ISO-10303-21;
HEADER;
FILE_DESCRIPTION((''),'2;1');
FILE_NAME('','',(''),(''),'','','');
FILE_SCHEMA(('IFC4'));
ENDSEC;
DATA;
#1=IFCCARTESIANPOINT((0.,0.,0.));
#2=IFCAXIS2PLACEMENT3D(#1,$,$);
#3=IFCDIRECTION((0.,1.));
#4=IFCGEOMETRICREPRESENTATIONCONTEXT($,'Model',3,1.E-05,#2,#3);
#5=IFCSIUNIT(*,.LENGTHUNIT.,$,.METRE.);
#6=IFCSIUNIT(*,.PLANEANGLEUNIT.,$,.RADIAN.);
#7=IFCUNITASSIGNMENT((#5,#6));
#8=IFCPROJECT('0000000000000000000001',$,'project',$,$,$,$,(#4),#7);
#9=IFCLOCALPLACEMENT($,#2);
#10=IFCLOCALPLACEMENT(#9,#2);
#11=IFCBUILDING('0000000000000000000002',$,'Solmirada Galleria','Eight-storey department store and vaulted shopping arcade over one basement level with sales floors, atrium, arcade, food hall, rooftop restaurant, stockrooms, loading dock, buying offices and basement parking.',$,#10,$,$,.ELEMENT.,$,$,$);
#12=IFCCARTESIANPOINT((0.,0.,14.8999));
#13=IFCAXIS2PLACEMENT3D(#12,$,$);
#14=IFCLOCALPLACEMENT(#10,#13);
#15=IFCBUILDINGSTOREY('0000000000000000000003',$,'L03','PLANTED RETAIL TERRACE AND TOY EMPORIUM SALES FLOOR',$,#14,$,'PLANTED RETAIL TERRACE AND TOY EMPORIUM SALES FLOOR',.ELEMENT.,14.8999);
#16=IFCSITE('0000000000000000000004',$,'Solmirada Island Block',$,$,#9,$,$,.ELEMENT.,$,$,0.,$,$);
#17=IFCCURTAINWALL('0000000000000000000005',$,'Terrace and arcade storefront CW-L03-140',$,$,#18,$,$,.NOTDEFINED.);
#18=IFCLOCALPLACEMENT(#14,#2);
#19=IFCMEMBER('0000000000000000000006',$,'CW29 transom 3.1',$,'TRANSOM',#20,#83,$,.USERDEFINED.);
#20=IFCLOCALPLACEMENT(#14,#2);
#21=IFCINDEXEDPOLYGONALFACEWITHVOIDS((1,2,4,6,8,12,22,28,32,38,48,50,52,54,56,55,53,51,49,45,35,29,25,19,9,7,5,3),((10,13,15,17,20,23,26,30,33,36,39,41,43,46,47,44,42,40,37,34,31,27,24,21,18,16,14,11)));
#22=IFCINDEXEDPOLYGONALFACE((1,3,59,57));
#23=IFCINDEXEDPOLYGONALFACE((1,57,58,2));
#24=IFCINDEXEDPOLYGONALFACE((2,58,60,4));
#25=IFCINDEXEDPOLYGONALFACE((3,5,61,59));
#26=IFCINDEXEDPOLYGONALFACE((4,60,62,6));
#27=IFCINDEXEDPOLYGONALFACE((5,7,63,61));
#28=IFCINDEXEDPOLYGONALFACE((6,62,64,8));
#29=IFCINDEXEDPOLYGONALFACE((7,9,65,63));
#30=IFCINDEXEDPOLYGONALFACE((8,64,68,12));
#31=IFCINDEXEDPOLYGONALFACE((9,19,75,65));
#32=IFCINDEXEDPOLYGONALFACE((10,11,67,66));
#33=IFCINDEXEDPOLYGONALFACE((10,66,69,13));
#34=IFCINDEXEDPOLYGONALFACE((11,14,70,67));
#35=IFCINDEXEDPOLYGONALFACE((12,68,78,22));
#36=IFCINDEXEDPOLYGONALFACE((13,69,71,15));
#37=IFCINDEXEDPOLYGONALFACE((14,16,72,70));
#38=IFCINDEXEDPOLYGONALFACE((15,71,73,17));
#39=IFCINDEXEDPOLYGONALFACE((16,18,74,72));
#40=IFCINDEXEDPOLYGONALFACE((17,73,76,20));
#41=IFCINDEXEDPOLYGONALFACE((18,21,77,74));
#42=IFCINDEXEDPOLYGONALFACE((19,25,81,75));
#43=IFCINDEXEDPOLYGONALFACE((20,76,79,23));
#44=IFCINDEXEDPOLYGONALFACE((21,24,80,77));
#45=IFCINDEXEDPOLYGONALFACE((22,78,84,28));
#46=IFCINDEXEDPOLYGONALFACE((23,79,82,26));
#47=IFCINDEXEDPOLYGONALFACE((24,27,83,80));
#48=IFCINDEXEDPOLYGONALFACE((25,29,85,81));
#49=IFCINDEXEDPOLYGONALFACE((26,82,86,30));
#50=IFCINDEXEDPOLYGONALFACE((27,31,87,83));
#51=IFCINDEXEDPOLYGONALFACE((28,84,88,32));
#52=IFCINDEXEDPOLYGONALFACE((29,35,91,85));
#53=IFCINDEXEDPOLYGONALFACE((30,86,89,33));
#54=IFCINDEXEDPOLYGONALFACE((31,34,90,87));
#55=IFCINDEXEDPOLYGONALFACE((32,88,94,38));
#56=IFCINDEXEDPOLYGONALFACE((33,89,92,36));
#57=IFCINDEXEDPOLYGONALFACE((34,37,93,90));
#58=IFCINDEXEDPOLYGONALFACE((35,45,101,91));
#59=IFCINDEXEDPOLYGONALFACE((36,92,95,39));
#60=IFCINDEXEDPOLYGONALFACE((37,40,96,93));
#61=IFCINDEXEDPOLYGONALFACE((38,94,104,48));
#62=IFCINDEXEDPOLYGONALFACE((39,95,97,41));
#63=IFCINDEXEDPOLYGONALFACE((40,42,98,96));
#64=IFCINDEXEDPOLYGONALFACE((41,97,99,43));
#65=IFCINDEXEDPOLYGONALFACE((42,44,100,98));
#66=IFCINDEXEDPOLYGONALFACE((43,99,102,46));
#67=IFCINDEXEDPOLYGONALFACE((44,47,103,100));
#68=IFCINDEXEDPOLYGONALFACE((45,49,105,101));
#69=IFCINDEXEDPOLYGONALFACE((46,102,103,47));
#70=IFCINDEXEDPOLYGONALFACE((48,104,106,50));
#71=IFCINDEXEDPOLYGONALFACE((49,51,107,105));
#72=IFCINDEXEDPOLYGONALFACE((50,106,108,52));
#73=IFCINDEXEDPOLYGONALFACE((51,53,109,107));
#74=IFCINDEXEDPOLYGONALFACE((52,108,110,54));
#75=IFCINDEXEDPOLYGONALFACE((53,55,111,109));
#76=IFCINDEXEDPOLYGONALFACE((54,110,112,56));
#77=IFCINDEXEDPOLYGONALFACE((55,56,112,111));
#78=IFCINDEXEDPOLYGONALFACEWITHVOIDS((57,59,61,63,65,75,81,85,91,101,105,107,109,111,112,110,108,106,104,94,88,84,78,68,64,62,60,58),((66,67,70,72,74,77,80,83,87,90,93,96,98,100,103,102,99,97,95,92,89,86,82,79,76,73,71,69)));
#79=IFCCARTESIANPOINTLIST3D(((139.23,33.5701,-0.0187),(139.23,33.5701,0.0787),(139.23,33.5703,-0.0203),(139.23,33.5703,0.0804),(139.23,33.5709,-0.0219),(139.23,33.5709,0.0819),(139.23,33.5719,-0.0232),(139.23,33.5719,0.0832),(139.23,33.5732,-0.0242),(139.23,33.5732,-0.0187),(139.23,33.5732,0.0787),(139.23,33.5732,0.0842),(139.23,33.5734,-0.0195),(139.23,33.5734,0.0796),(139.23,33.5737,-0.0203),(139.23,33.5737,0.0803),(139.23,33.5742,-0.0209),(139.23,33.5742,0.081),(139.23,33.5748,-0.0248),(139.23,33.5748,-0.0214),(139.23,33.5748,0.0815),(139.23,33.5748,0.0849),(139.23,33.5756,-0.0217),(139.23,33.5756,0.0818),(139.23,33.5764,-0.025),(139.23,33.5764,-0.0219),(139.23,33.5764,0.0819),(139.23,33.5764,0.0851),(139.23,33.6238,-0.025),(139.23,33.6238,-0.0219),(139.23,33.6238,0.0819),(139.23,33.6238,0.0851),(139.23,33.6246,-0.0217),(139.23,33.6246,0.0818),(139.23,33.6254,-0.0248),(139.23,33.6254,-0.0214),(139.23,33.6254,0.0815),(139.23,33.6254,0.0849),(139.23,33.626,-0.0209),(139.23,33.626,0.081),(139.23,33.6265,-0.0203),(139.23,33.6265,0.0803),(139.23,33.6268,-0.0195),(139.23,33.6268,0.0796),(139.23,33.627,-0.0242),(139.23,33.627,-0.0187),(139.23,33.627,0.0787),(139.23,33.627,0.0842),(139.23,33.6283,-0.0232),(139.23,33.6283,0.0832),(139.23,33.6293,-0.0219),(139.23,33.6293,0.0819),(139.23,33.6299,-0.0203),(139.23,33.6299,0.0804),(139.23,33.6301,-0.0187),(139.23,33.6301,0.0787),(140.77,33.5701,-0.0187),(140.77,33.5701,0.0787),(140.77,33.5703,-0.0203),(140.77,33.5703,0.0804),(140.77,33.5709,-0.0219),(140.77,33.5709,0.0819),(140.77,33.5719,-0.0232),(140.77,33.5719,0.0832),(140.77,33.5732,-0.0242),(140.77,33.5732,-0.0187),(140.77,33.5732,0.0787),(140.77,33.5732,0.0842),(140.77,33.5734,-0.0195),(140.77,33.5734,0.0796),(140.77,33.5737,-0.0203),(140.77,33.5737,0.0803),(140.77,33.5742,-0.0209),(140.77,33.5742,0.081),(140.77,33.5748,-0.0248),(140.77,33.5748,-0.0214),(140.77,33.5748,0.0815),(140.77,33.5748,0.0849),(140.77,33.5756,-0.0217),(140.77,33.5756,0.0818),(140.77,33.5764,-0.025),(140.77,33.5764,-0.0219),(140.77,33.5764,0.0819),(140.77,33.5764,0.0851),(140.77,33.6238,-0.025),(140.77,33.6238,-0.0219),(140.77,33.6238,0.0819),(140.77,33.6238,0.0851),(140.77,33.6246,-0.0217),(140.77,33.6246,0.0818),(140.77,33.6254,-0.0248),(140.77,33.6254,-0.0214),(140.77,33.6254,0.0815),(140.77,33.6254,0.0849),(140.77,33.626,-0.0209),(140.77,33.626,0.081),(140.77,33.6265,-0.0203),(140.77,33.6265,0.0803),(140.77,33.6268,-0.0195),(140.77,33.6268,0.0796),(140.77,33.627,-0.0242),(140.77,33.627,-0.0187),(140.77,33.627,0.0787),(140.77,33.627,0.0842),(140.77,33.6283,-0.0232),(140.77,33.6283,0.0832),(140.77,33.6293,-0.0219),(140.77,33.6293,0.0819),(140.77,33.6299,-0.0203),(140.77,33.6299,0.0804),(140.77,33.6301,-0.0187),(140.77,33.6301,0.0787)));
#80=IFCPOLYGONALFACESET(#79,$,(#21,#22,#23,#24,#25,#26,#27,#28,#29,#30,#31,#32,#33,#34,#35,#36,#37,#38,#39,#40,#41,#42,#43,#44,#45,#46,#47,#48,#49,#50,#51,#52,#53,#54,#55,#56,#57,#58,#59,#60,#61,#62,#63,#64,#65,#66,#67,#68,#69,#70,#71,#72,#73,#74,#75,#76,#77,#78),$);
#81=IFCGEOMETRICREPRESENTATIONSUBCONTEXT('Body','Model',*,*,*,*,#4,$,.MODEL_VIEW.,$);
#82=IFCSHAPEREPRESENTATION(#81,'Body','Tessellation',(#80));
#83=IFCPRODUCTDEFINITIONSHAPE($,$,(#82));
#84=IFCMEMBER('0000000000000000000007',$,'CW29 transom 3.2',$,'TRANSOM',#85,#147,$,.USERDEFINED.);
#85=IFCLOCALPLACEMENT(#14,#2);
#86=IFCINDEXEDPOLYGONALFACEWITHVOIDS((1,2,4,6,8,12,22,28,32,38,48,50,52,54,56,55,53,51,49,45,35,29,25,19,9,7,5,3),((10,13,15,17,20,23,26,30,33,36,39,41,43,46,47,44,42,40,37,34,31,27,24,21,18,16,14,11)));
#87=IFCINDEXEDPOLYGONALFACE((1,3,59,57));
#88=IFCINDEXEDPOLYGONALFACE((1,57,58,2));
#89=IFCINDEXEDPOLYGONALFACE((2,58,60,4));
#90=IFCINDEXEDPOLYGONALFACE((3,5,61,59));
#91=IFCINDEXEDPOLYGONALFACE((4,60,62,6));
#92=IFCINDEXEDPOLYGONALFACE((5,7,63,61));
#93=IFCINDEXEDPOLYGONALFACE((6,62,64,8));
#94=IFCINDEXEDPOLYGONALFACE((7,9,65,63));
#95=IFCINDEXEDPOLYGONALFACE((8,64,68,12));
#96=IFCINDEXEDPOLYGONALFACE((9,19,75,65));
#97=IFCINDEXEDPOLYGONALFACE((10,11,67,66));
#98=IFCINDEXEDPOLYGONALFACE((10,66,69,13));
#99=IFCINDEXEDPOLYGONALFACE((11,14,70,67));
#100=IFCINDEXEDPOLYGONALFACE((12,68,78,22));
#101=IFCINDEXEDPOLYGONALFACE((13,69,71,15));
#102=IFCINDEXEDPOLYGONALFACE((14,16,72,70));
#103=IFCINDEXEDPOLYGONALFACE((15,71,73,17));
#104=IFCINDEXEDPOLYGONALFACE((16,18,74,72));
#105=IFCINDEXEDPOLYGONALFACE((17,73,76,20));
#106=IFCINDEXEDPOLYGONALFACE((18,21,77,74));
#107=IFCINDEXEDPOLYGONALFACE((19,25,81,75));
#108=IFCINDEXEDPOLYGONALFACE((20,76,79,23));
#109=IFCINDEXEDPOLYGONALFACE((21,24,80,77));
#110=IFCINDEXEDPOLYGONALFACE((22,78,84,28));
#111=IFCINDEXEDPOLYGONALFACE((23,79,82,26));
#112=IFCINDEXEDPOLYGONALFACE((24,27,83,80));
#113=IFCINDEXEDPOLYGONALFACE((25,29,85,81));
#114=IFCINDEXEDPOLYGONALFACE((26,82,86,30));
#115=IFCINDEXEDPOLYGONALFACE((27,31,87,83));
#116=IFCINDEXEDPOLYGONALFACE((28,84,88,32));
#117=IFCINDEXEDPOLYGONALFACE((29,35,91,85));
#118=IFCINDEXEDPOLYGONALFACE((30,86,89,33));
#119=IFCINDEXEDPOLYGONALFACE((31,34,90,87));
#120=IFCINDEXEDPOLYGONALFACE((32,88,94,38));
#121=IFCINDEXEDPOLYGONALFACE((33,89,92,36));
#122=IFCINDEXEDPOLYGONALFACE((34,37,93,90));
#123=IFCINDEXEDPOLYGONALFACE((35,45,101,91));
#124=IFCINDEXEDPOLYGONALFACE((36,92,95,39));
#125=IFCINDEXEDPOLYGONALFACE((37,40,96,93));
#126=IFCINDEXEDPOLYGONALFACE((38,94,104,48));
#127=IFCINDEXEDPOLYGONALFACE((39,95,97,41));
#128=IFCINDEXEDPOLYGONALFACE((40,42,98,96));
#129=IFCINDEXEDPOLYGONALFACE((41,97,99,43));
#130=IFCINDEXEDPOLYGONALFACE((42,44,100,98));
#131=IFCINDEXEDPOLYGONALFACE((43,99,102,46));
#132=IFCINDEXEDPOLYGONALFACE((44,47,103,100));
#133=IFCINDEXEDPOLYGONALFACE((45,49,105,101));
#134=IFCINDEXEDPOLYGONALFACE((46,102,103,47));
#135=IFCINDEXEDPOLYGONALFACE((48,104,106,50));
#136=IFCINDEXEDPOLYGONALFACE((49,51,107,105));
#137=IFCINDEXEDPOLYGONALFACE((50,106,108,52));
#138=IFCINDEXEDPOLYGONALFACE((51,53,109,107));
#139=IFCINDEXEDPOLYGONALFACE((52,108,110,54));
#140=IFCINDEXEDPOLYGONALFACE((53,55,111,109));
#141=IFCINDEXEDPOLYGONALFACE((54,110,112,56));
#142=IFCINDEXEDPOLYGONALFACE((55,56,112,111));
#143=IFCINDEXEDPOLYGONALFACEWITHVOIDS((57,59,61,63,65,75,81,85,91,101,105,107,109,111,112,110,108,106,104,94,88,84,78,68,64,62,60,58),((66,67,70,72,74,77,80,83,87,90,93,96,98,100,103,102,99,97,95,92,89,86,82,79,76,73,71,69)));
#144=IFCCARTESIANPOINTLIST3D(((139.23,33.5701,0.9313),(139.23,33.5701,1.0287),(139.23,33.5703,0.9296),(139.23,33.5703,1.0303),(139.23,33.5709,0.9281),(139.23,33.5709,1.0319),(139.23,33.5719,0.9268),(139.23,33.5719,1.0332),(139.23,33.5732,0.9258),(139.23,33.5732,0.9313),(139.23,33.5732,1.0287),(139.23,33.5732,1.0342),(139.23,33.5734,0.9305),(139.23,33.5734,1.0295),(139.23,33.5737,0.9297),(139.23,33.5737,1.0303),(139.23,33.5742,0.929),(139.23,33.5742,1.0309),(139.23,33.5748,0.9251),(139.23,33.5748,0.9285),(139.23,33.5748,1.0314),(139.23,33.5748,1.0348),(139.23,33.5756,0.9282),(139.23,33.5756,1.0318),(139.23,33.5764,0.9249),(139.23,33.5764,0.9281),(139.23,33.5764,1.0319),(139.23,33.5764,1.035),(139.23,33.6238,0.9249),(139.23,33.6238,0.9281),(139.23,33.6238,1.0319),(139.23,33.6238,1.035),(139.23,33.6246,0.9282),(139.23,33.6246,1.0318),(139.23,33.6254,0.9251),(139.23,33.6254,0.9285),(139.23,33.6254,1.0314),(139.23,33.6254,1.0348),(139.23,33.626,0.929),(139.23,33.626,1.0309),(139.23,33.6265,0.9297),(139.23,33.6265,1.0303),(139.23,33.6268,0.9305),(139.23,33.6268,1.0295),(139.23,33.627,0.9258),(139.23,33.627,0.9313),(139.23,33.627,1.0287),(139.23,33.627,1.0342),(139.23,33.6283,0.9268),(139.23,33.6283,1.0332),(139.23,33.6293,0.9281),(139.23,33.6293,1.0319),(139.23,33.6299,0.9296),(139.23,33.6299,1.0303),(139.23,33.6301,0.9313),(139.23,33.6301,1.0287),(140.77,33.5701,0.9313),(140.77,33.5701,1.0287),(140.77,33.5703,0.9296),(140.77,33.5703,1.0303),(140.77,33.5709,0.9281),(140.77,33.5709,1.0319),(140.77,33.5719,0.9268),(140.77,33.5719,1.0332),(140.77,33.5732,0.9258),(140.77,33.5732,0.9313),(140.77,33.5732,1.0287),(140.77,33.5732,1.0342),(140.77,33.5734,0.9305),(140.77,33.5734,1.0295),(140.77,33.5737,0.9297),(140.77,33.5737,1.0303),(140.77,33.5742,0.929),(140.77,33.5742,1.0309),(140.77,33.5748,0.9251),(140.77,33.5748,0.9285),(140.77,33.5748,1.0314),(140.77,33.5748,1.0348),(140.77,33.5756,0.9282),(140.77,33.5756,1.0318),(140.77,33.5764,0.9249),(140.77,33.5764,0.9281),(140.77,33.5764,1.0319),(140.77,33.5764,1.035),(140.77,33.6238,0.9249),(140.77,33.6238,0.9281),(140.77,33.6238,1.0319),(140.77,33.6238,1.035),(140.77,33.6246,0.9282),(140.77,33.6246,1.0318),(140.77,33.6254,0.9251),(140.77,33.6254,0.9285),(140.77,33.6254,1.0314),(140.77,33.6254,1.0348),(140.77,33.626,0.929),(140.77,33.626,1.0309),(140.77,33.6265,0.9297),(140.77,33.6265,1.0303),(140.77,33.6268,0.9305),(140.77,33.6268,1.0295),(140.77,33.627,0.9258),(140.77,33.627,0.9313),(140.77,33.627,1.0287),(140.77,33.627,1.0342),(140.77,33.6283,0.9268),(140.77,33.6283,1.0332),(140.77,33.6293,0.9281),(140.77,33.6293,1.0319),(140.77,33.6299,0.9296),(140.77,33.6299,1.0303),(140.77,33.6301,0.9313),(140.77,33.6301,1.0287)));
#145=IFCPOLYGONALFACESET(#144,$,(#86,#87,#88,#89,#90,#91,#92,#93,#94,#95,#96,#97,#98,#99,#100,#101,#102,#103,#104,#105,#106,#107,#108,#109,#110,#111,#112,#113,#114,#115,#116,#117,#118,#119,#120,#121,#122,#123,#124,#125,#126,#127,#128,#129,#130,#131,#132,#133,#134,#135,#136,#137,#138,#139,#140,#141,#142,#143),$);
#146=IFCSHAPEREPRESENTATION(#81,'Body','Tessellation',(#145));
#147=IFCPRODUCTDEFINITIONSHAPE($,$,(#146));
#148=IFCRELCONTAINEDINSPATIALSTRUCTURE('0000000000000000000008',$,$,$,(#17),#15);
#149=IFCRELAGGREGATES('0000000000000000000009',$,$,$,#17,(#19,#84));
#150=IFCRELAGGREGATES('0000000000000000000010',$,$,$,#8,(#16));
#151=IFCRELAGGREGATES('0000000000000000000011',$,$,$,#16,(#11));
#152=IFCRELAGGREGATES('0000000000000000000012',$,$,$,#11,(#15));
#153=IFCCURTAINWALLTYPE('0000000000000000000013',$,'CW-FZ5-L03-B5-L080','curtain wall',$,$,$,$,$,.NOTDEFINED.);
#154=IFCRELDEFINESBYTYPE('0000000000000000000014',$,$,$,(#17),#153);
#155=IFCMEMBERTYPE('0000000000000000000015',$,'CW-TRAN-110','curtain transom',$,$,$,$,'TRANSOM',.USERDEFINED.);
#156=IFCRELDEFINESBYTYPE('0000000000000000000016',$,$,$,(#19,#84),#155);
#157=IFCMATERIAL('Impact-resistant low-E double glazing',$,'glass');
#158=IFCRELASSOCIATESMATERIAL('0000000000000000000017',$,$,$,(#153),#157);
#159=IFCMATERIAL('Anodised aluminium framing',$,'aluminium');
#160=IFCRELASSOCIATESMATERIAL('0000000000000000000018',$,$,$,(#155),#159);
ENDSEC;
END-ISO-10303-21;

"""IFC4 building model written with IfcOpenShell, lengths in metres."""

from ifc_helpers import new_model, si_unit, direction, frame, origin, origin_2d, place, context, subcontext, project, spatial, hollow_rectangle, extrude, material, material_profile, profile_set, type_object, element, aggregate, save


model = new_model("IFC4")

# Units and contexts
model_context = context("Model", 3, precision=1e-05, world=origin(), true_north=direction((0.0, 1.0)))
body_context = subcontext(model_context, "Body", "Model", "MODEL_VIEW")
ifc_project = project(units=[si_unit("LENGTHUNIT", "METRE"), si_unit("PLANEANGLEUNIT", "RADIAN")], contexts=[model_context])

# Site, building, storey
site_placement = place(None, origin())
site = spatial("IfcSite", under=ifc_project, at=site_placement, Name="Solmirada Island Block", CompositionType="ELEMENT", RefElevation=0.0)
building_placement = place(site_placement, origin())
building = spatial("IfcBuilding", under=site, at=building_placement, Name="Solmirada Galleria", Description="Eight-storey department store and vaulted shopping arcade over one basement level with sales floors, atrium, arcade, food hall, rooftop restaurant, stockrooms, loading dock, buying offices and basement parking.", CompositionType="ELEMENT")
storey_placement = place(building_placement, frame((0.0, 0.0, 14.8999)))
storey = spatial("IfcBuildingStorey", under=building, at=storey_placement, Name="L03", Description="PLANTED RETAIL TERRACE AND TOY EMPORIUM SALES FLOOR", LongName="PLANTED RETAIL TERRACE AND TOY EMPORIUM SALES FLOOR", CompositionType="ELEMENT", Elevation=14.8999)

# Curtain wall
ifc_material_1 = material(Name="Impact-resistant low-E double glazing", Category="glass")
curtain_wall_type = type_object("IfcCurtainWallType", Name="CW-FZ5-L03-B5-L080", Description="curtain wall", PredefinedType="NOTDEFINED", material=ifc_material_1)
ifc_material_2 = material(Name="Anodised aluminium framing", Category="aluminium")
curtain_wall_1_placement = place(storey_placement, origin())
curtain_wall_1 = element("IfcCurtainWall", 1, at=curtain_wall_1_placement, inside=storey, type_object=curtain_wall_type, Name="Terrace and arcade storefront CW-L03-140", PredefinedType="NOTDEFINED")

# Members
ifc_material_profile_1 = material_profile(ifc_material_2, hollow_rectangle(XDim=0.0601, YDim=0.1101, WallThickness=0.0032, InnerFilletRadius=0.0032, OuterFilletRadius=0.0063, at=origin_2d()), Name="ALU-TRAN-110X60")
ifc_profile_set_1 = profile_set([ifc_material_profile_1], Name="Anodised aluminium framing")
member_type_1 = type_object("IfcMemberType", Name="CW-TRAN-110", Description="curtain transom", ElementType="TRANSOM", PredefinedType="USERDEFINED", material=ifc_profile_set_1)
member_1_placement = place(storey_placement, frame((139.23, 33.6001, 0.03), z_axis=(1.0, 0.0, 0.0), x_axis=(0.0, 1.0, 0.0)))
member_1 = element("IfcMember", 2, at=member_1_placement, type_object=member_type_1, Name="CW29 transom 3.1", ObjectType="TRANSOM", PredefinedType="USERDEFINED", context=body_context, shape_type="SweptSolid", body=[
    extrude(hollow_rectangle(XDim=0.0601, YDim=0.1101, WallThickness=0.0032, InnerFilletRadius=0.0032, OuterFilletRadius=0.0063, at=origin_2d()), origin(), (0.0, 0.0, 1.0), 1.54),
])
member_2_placement = place(storey_placement, frame((139.23, 33.6001, 0.98), z_axis=(1.0, 0.0, 0.0), x_axis=(0.0, 1.0, 0.0)))
member_2 = element("IfcMember", 3, at=member_2_placement, type_object=member_type_1, Name="CW29 transom 3.2", ObjectType="TRANSOM", PredefinedType="USERDEFINED", context=body_context, shape_type="SweptSolid", body=[
    extrude(hollow_rectangle(XDim=0.0601, YDim=0.1101, WallThickness=0.0032, InnerFilletRadius=0.0032, OuterFilletRadius=0.0063, at=origin_2d()), origin(), (0.0, 0.0, 1.0), 1.54),
])

aggregate(curtain_wall_1, [member_1, member_2])

save(model, "model.ifc")
